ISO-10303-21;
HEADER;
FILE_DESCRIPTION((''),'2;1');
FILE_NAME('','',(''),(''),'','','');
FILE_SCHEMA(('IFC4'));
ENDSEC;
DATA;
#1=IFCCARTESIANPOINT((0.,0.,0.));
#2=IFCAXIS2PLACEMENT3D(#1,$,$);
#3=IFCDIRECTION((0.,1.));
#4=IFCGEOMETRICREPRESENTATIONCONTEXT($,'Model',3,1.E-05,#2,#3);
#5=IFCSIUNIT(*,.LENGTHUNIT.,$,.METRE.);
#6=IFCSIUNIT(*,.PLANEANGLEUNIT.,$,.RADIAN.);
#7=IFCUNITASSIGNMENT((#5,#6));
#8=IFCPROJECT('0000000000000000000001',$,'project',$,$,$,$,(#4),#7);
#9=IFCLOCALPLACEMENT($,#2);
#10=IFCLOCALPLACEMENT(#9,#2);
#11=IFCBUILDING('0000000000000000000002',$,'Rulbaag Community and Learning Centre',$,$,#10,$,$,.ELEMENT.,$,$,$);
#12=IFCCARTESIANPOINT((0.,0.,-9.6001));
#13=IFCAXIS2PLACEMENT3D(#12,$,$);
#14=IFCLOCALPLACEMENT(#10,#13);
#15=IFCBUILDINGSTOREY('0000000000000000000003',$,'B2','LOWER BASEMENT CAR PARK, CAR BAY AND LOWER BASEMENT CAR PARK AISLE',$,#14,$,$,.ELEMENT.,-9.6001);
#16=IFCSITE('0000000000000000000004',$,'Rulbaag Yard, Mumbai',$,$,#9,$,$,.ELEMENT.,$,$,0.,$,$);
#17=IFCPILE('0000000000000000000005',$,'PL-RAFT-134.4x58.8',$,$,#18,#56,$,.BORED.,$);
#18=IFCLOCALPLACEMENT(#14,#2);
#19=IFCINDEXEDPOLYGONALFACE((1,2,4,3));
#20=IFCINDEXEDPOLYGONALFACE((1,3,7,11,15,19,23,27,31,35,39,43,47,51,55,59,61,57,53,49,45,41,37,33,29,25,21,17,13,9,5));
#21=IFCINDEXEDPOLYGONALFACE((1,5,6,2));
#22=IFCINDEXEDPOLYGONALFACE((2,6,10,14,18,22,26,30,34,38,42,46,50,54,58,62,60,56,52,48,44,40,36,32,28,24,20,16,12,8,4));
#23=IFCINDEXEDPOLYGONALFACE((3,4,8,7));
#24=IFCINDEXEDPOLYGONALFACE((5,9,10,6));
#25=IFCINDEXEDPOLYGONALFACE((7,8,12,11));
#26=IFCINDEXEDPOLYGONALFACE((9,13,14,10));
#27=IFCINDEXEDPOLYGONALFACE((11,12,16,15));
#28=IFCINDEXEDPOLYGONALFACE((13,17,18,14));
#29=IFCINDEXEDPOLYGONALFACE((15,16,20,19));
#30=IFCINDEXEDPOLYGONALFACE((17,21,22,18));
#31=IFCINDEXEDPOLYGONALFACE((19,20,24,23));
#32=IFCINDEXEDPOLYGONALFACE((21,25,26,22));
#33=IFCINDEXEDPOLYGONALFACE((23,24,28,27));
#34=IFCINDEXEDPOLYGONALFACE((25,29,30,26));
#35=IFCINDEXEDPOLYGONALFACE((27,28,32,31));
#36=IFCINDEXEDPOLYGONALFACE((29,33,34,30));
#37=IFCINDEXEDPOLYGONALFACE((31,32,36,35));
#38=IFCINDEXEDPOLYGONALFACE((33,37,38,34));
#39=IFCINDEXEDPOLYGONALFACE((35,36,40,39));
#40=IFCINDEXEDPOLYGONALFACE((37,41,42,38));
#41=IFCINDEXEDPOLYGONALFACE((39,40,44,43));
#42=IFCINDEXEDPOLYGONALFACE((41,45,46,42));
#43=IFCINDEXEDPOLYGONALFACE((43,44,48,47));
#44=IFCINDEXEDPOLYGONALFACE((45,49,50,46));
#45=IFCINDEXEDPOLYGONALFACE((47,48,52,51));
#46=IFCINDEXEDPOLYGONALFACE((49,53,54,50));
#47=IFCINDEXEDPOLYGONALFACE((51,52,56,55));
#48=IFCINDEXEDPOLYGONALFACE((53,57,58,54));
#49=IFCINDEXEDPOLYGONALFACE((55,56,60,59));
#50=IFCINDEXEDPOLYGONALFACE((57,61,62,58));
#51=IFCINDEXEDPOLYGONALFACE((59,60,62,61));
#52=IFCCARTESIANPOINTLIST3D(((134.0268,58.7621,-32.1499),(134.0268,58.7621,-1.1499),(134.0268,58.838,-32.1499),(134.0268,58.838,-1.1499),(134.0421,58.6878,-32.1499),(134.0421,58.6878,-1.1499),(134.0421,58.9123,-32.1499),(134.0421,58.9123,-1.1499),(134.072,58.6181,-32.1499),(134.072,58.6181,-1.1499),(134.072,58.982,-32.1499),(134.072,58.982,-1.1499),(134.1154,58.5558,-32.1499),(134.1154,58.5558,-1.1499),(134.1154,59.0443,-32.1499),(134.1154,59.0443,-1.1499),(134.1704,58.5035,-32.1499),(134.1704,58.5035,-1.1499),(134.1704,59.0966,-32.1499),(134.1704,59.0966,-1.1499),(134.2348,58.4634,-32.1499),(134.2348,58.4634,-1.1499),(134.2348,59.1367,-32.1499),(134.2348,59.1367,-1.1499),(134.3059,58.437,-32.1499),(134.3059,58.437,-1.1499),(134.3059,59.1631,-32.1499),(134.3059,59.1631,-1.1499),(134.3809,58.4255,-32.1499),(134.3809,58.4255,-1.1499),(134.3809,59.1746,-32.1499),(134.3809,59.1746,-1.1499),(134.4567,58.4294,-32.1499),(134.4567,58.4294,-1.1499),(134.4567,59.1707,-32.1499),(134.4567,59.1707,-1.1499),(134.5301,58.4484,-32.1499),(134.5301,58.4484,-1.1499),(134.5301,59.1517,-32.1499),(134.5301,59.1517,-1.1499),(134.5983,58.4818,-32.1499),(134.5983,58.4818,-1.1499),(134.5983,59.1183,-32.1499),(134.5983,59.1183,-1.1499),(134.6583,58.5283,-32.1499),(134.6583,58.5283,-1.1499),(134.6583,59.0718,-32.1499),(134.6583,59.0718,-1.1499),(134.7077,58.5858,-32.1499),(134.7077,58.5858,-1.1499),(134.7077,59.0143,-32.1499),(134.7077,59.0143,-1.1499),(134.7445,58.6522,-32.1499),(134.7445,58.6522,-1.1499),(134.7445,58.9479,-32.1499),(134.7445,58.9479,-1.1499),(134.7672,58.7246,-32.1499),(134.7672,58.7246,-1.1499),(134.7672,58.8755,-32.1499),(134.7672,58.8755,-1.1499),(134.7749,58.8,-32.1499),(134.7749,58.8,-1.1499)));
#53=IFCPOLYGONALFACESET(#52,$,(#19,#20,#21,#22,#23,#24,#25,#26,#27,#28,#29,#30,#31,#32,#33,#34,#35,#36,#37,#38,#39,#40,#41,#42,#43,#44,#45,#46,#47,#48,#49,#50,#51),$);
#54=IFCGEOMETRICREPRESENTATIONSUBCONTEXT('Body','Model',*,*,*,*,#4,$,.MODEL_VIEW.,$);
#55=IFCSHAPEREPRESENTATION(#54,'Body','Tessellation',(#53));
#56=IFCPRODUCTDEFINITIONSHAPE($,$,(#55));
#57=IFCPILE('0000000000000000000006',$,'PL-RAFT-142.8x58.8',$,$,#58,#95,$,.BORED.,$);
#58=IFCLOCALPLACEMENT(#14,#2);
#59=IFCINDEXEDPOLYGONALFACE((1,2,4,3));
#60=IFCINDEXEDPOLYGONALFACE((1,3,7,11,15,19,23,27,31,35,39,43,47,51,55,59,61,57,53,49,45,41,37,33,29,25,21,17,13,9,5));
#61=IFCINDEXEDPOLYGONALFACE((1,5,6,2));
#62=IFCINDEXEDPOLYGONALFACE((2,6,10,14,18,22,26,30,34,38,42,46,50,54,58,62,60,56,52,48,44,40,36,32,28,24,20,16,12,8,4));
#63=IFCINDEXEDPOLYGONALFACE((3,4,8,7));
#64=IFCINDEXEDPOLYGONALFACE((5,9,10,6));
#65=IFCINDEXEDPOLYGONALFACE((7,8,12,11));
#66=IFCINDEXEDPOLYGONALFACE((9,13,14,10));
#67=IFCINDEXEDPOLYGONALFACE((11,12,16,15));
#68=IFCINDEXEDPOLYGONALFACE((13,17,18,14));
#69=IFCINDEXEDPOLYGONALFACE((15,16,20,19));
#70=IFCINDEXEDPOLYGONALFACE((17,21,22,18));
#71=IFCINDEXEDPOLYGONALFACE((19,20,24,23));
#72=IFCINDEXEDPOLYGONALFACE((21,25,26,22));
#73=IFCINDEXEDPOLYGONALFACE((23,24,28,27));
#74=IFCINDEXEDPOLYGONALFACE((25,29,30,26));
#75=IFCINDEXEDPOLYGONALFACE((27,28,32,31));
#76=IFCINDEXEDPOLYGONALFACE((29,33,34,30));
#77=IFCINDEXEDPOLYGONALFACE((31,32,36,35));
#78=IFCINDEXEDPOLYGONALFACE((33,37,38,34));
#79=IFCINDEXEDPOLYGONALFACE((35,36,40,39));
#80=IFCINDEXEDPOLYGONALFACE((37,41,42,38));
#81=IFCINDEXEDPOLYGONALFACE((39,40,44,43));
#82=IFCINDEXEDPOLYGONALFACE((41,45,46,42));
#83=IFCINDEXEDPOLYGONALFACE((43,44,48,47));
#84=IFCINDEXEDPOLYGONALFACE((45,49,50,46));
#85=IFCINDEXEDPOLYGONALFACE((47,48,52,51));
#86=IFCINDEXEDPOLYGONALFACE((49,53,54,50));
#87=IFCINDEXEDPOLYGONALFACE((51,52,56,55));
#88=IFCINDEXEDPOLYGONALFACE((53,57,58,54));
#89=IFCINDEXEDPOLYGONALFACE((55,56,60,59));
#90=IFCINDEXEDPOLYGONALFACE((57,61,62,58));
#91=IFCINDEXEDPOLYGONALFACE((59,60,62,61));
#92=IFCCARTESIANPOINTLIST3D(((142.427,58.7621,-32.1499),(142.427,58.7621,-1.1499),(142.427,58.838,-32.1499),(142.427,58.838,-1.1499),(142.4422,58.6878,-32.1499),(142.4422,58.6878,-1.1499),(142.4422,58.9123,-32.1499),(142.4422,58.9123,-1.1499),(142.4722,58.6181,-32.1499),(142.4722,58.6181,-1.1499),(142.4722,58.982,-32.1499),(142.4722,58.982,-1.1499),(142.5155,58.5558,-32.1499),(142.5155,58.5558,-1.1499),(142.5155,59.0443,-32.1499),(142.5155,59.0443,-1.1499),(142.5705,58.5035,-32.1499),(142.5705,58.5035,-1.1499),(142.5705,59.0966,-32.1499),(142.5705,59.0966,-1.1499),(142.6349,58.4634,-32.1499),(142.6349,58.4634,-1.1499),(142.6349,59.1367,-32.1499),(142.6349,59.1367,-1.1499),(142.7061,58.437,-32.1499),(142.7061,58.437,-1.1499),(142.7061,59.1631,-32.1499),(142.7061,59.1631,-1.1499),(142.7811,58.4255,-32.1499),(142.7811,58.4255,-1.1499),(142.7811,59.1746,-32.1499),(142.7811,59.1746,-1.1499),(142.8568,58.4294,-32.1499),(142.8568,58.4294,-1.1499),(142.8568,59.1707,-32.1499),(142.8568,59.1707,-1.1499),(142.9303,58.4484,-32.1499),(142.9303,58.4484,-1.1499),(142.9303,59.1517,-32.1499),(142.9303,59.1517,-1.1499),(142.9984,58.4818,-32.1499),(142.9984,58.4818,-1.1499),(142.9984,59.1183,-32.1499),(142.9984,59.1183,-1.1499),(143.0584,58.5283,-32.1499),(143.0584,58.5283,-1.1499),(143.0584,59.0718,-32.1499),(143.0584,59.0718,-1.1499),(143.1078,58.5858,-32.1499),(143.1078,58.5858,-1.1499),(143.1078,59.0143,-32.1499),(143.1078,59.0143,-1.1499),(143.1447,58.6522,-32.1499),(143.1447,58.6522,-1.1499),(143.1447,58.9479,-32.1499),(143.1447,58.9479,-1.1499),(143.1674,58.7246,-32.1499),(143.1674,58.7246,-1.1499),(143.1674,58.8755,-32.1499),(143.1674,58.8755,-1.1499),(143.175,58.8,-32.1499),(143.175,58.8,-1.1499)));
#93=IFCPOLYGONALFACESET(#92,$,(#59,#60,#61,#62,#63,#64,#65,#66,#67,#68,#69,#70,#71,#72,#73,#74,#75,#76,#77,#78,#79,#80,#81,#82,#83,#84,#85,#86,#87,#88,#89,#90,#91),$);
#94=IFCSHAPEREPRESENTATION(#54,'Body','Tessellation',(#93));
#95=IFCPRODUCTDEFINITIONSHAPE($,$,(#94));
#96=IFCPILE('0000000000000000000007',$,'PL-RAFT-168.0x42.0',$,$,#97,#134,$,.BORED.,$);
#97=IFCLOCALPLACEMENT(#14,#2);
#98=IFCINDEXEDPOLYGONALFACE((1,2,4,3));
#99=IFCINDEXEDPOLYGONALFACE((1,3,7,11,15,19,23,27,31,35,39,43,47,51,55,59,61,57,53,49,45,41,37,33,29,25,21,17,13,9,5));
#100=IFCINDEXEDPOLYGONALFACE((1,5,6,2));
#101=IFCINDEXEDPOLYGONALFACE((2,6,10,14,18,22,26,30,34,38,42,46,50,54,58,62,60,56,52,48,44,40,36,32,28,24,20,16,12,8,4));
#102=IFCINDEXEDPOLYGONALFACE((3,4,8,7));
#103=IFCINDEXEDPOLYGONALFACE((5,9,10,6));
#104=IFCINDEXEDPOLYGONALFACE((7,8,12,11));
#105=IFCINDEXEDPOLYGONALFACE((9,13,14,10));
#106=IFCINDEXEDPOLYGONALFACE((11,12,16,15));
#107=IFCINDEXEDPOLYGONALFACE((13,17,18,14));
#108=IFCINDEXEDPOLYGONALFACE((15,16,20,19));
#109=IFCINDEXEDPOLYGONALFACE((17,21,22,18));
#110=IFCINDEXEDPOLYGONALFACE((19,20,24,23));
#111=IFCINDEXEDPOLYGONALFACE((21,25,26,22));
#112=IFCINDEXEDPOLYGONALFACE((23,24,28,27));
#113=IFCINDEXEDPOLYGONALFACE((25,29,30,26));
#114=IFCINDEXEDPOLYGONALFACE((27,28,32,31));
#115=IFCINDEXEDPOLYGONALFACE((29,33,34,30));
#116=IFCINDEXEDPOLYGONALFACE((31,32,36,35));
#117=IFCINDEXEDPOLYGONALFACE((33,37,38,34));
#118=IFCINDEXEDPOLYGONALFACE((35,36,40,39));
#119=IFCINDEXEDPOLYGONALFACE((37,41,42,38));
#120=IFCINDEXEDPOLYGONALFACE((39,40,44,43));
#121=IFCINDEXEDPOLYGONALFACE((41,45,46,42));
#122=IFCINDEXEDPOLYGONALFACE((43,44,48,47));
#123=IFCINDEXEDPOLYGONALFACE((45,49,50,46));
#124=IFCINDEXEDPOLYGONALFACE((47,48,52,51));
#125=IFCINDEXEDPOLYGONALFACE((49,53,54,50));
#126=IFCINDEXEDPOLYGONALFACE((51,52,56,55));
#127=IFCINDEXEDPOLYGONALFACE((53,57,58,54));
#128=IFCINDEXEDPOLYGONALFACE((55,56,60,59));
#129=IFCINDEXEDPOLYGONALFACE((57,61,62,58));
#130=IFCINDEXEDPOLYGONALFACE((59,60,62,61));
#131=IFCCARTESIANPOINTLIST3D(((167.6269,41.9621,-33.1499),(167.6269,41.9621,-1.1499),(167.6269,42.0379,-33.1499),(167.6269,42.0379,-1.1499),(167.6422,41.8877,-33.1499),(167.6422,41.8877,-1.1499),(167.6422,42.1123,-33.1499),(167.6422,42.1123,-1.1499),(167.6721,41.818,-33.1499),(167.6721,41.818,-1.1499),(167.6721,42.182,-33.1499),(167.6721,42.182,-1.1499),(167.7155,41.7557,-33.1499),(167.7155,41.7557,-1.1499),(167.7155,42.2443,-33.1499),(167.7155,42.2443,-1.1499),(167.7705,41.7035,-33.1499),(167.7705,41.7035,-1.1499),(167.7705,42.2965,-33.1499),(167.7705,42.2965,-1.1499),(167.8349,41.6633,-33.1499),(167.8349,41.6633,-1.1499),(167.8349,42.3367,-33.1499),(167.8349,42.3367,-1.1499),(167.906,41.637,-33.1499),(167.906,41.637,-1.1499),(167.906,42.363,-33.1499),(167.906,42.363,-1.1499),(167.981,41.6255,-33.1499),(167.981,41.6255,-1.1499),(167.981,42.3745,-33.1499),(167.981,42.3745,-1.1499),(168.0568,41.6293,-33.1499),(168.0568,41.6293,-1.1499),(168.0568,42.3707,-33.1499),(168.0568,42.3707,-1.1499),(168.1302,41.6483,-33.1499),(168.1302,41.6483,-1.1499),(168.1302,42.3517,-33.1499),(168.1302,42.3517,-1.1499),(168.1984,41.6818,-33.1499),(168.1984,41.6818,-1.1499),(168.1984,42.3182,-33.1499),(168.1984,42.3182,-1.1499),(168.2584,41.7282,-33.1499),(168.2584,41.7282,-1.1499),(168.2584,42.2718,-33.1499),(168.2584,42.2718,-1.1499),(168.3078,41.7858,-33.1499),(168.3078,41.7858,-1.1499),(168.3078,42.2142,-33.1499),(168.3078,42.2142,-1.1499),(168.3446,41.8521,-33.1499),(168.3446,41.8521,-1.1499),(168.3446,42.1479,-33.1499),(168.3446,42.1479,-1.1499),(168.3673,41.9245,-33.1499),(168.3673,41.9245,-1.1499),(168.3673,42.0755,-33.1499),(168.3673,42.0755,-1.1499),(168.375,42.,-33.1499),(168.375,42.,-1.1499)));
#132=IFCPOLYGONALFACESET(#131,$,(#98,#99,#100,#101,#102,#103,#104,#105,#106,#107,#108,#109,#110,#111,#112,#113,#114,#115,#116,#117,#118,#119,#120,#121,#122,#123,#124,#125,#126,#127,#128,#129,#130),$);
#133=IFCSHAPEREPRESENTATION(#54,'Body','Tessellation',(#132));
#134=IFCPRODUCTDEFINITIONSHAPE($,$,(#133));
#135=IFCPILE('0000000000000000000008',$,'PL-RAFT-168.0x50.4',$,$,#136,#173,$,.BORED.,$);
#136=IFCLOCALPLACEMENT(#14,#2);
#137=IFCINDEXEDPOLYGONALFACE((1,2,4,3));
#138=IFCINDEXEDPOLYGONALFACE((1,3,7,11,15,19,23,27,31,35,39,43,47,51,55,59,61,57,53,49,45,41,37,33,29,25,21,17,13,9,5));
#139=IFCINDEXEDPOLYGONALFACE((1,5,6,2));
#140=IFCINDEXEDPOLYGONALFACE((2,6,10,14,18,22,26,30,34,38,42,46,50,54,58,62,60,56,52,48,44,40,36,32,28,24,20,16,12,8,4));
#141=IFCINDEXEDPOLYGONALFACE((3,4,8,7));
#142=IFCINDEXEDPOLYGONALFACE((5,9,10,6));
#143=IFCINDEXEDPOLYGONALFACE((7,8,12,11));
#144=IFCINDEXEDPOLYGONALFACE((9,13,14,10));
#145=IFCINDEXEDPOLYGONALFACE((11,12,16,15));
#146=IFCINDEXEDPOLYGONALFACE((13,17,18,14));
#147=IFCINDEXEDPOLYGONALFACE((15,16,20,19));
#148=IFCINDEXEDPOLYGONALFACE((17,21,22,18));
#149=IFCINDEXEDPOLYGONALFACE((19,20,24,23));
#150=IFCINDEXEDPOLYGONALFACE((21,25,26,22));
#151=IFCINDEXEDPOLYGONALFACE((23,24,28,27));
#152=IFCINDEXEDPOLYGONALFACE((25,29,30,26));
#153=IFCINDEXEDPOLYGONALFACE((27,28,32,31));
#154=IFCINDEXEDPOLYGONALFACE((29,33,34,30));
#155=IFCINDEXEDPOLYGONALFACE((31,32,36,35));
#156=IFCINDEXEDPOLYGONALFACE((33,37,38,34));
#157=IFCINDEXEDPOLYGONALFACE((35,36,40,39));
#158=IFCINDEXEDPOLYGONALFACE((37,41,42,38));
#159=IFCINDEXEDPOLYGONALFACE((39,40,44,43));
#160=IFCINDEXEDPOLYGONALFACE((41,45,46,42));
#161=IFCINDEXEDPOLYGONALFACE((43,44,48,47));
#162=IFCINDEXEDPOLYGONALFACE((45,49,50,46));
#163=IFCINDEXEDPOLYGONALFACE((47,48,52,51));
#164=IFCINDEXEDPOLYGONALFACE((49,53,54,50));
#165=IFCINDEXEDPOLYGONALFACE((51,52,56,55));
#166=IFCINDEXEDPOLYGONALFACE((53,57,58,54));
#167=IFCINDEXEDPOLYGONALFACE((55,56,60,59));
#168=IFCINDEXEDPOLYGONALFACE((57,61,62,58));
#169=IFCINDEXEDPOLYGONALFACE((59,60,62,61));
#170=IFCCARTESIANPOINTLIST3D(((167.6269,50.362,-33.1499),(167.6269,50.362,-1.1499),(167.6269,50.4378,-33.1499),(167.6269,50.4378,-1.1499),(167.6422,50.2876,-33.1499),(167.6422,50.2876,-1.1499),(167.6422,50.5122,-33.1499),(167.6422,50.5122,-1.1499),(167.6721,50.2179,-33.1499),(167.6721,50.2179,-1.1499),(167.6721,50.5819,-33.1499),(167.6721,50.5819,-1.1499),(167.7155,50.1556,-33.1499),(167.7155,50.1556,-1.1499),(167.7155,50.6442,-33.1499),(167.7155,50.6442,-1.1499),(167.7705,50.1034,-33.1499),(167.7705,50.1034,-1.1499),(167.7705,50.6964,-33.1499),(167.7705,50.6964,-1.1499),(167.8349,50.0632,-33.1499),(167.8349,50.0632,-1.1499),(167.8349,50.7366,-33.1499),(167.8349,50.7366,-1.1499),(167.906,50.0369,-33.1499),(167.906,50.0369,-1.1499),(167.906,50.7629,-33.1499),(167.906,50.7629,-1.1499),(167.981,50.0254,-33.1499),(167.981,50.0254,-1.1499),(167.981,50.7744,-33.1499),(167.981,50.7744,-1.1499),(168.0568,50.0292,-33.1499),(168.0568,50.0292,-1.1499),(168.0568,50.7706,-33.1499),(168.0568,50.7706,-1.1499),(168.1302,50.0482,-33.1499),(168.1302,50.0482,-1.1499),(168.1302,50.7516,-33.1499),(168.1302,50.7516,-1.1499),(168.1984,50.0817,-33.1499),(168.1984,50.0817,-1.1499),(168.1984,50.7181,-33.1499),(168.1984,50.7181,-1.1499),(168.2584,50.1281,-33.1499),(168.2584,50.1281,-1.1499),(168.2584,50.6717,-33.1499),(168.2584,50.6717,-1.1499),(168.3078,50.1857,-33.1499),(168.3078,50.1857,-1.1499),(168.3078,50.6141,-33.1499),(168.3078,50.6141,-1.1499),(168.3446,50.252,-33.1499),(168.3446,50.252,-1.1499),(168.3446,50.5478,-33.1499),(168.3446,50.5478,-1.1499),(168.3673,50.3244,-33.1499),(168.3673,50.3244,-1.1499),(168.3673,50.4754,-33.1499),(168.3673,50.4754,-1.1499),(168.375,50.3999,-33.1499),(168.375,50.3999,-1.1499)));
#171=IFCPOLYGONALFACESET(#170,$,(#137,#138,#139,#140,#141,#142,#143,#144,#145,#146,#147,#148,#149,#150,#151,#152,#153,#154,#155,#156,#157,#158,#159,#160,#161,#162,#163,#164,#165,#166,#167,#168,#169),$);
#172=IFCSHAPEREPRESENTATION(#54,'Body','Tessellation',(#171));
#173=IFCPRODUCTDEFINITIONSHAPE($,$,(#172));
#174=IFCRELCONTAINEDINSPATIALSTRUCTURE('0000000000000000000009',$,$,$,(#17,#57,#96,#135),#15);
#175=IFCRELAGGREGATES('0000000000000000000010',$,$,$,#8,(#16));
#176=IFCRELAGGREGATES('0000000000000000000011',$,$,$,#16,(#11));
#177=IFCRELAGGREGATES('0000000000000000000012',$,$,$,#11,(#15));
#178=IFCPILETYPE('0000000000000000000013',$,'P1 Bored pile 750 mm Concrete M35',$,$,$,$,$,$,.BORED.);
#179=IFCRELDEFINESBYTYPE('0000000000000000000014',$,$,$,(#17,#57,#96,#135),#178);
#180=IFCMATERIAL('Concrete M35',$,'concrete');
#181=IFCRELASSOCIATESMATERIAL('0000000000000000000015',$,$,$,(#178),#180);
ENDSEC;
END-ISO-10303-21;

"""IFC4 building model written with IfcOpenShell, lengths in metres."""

from ifc_helpers import new_model, si_unit, direction, frame, origin, origin_2d, place, context, subcontext, project, spatial, circle, extrude, material, material_profile, profile_set, type_object, element, save


model = new_model("IFC4")

# Units and contexts
model_context = context("Model", 3, precision=1e-05, world=origin(), true_north=direction((0.0, 1.0)))
body_context = subcontext(model_context, "Body", "Model", "MODEL_VIEW")
ifc_project = project(units=[si_unit("LENGTHUNIT", "METRE"), si_unit("PLANEANGLEUNIT", "RADIAN")], contexts=[model_context])

# Site, building, storey
site_placement = place(None, origin())
site = spatial("IfcSite", under=ifc_project, at=site_placement, Name="Rulbaag Yard, Mumbai", CompositionType="ELEMENT", RefElevation=0.0)
building_placement = place(site_placement, origin())
building = spatial("IfcBuilding", under=site, at=building_placement, Name="Rulbaag Community and Learning Centre", CompositionType="ELEMENT")
storey_placement = place(building_placement, frame((0.0, 0.0, -9.6001)))
storey = spatial("IfcBuildingStorey", under=building, at=storey_placement, Name="B2", Description="LOWER BASEMENT CAR PARK, CAR BAY AND LOWER BASEMENT CAR PARK AISLE", CompositionType="ELEMENT", Elevation=-9.6001)

# Piles
ifc_material_1 = material(Name="Concrete M35", Category="concrete")
ifc_material_profile_1 = material_profile(ifc_material_1, circle(Radius=0.375, at=origin_2d()), Name="BP750")
ifc_profile_set_1 = profile_set([ifc_material_profile_1], Name="Concrete M35")
pile_type_1 = type_object("IfcPileType", Name="P1 Bored pile 750 mm Concrete M35", PredefinedType="BORED", material=ifc_profile_set_1)
for number, where, z_axis, x_axis, name in (
    (1, (134.3999, 58.8, -1.1499), (0.0, 0.0, -1.0), (1.0, 0.0, 0.0), "PL-RAFT-134.4x58.8"),
    (2, (142.8, 58.8, -1.1499), (0.0, 0.0, -1.0), (1.0, 0.0, 0.0), "PL-RAFT-142.8x58.8"),
):
    element("IfcPile", number, at=place(storey_placement, frame(where, z_axis=z_axis, x_axis=x_axis)), inside=storey, type_object=pile_type_1, Name=name, PredefinedType="BORED", context=body_context, shape_type="SweptSolid", body=[
        extrude(circle(Radius=0.375, at=origin_2d()), origin(), (0.0, 0.0, 1.0), 31.0),
    ])
for number, where, z_axis, x_axis, name in (
    (3, (168.0, 42.0, -1.1499), (0.0, 0.0, -1.0), (1.0, 0.0, 0.0), "PL-RAFT-168.0x42.0"),
    (4, (168.0, 50.3999, -1.1499), (0.0, 0.0, -1.0), (1.0, 0.0, 0.0), "PL-RAFT-168.0x50.4"),
):
    element("IfcPile", number, at=place(storey_placement, frame(where, z_axis=z_axis, x_axis=x_axis)), inside=storey, type_object=pile_type_1, Name=name, PredefinedType="BORED", context=body_context, shape_type="SweptSolid", body=[
        extrude(circle(Radius=0.375, at=origin_2d()), origin(), (0.0, 0.0, 1.0), 32.0),
    ])

save(model, "model.ifc")
